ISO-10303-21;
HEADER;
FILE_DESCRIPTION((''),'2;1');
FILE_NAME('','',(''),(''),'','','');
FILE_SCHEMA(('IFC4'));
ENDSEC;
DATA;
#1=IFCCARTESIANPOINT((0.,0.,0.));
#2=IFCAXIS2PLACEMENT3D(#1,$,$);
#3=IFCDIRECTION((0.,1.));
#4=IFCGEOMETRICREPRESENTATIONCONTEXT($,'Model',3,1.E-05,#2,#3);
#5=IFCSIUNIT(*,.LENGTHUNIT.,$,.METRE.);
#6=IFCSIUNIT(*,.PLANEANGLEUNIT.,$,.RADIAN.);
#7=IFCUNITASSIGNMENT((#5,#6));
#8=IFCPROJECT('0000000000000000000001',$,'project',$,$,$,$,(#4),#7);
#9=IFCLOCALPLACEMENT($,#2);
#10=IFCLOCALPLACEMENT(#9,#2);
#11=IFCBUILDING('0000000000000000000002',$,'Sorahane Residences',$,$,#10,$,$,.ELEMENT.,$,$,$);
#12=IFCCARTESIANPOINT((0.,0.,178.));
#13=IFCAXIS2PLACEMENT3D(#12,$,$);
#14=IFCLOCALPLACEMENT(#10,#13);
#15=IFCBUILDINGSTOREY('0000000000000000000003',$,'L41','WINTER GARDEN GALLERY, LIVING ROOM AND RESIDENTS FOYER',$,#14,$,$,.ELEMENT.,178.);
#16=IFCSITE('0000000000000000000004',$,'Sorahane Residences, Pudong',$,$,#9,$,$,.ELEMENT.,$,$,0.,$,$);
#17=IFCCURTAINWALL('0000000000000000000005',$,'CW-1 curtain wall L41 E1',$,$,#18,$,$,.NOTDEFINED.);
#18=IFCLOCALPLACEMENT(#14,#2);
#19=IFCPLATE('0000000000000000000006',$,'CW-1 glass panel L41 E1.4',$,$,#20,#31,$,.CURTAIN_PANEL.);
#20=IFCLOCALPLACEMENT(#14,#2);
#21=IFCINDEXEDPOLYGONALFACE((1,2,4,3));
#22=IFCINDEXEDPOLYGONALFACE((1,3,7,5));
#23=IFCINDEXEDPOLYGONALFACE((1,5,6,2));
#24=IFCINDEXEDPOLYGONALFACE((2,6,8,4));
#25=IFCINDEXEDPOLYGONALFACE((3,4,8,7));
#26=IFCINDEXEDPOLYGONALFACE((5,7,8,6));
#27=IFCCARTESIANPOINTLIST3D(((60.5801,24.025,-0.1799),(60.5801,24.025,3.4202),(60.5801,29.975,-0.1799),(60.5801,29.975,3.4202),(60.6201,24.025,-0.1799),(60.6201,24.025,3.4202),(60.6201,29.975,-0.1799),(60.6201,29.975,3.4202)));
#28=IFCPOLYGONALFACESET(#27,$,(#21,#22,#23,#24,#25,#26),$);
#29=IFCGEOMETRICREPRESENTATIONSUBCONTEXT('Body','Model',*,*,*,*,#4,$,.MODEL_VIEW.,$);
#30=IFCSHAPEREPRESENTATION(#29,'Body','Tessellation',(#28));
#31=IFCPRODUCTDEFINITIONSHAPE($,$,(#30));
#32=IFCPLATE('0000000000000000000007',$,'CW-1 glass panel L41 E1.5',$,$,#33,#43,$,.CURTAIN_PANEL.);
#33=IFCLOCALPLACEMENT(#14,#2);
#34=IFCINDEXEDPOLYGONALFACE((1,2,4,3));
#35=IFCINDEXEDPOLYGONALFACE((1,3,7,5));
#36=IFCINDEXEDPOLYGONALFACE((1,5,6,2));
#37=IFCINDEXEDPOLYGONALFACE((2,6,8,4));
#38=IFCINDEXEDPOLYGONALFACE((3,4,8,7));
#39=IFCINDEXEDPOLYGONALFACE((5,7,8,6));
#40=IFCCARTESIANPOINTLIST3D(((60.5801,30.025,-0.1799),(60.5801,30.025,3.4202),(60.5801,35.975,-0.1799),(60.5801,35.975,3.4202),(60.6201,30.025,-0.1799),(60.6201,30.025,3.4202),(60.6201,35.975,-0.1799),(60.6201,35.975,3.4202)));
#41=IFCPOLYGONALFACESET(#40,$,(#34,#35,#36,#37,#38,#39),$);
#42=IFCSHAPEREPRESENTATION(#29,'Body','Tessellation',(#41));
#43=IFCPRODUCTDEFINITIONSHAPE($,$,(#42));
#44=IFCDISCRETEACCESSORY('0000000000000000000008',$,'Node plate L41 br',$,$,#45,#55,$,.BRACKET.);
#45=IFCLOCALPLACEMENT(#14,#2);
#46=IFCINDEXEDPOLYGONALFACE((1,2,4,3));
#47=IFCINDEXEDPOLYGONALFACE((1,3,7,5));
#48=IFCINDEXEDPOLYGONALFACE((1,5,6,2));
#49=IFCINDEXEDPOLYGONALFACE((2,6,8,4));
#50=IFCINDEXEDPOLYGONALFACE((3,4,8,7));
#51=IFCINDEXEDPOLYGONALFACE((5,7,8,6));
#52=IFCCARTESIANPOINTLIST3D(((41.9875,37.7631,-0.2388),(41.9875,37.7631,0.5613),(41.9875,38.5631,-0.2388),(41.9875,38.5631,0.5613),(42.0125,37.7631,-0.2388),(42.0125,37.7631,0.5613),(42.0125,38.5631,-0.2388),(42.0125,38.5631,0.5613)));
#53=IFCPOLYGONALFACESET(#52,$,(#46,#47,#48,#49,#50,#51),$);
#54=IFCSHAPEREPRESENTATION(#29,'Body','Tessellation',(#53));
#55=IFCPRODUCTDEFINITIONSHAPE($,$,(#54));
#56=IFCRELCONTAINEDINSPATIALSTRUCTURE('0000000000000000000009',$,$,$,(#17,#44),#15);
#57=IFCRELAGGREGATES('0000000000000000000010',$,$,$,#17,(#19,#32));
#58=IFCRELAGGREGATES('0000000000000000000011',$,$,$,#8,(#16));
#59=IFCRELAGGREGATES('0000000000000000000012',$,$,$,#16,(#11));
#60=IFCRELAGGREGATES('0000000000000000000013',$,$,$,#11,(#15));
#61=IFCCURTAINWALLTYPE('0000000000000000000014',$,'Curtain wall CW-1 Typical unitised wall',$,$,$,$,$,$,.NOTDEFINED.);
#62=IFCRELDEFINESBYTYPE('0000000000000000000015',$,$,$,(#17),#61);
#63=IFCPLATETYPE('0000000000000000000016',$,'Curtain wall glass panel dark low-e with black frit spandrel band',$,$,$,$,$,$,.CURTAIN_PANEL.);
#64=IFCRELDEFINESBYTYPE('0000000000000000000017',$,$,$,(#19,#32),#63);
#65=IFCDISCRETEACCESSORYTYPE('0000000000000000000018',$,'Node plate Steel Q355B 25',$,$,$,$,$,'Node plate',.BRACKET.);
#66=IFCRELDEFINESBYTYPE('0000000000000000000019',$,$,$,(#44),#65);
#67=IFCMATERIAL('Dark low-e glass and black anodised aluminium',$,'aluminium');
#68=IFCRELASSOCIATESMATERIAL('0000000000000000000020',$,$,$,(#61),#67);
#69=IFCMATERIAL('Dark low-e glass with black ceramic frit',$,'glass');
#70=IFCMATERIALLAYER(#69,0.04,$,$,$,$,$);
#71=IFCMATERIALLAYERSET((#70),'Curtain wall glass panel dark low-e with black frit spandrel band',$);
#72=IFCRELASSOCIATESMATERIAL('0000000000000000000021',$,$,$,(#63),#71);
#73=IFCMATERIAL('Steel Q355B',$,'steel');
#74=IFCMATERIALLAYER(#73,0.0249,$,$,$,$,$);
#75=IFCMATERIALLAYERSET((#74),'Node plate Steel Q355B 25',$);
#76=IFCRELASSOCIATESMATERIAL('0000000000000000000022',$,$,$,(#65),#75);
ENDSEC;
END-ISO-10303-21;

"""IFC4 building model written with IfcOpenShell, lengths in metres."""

from ifc_helpers import new_model, si_unit, direction, frame, origin, origin_2d, place, context, subcontext, project, spatial, rectangle, extrude, material, layer, layer_set, type_object, element, aggregate, save


model = new_model("IFC4")

# Units and contexts
model_context = context("Model", 3, precision=1e-05, world=origin(), true_north=direction((0.0, 1.0)))
body_context = subcontext(model_context, "Body", "Model", "MODEL_VIEW")
ifc_project = project(units=[si_unit("LENGTHUNIT", "METRE"), si_unit("PLANEANGLEUNIT", "RADIAN")], contexts=[model_context])

# Site, building, storey
site_placement = place(None, origin())
site = spatial("IfcSite", under=ifc_project, at=site_placement, Name="Sorahane Residences, Pudong", CompositionType="ELEMENT", RefElevation=0.0)
building_placement = place(site_placement, origin())
building = spatial("IfcBuilding", under=site, at=building_placement, Name="Sorahane Residences", CompositionType="ELEMENT")
storey_placement = place(building_placement, frame((0.0, 0.0, 178.0)))
storey = spatial("IfcBuildingStorey", under=building, at=storey_placement, Name="L41", Description="WINTER GARDEN GALLERY, LIVING ROOM AND RESIDENTS FOYER", CompositionType="ELEMENT", Elevation=178.0)

# Curtain wall
ifc_material_1 = material(Name="Dark low-e glass and black anodised aluminium", Category="aluminium")
curtain_wall_type = type_object("IfcCurtainWallType", Name="Curtain wall CW-1 Typical unitised wall", PredefinedType="NOTDEFINED", material=ifc_material_1)
curtain_wall_placement = place(storey_placement, origin())
curtain_wall = element("IfcCurtainWall", 1, at=curtain_wall_placement, inside=storey, type_object=curtain_wall_type, Name="CW-1 curtain wall L41 E1", PredefinedType="NOTDEFINED")

# Plates
ifc_material_2 = material(Name="Dark low-e glass with black ceramic frit", Category="glass")
ifc_layer_1 = layer(ifc_material_2, 0.04)
ifc_layer_set_1 = layer_set([ifc_layer_1], Name="Curtain wall glass panel dark low-e with black frit spandrel band")
plate_type = type_object("IfcPlateType", Name="Curtain wall glass panel dark low-e with black frit spandrel band", PredefinedType="CURTAIN_PANEL", material=ifc_layer_set_1)
plate_1_placement = place(storey_placement, frame((60.6001, 27.0, -0.1799), z_axis=(0.0, 0.0, 1.0), x_axis=(0.0, 1.0, 0.0)))
plate_1 = element("IfcPlate", 2, at=plate_1_placement, type_object=plate_type, Name="CW-1 glass panel L41 E1.4", PredefinedType="CURTAIN_PANEL", context=body_context, shape_type="SweptSolid", body=[
    extrude(rectangle(XDim=5.95, YDim=0.04, at=origin_2d()), origin(), (0.0, 0.0, 1.0), 3.6001),
])
plate_2_placement = place(storey_placement, frame((60.6001, 33.0, -0.1799), z_axis=(0.0, 0.0, 1.0), x_axis=(0.0, 1.0, 0.0)))
plate_2 = element("IfcPlate", 3, at=plate_2_placement, type_object=plate_type, Name="CW-1 glass panel L41 E1.5", PredefinedType="CURTAIN_PANEL", context=body_context, shape_type="SweptSolid", body=[
    extrude(rectangle(XDim=5.95, YDim=0.04, at=origin_2d()), origin(), (0.0, 0.0, 1.0), 3.6001),
])
aggregate(curtain_wall, [plate_1, plate_2])

# Discrete accessory
ifc_material_3 = material(Name="Steel Q355B", Category="steel")
ifc_layer_2 = layer(ifc_material_3, 0.0249)
ifc_layer_set_2 = layer_set([ifc_layer_2], Name="Node plate Steel Q355B 25")
discrete_accessory_type = type_object("IfcDiscreteAccessoryType", Name="Node plate Steel Q355B 25", ElementType="Node plate", PredefinedType="BRACKET", material=ifc_layer_set_2)
discrete_accessory_placement = place(storey_placement, frame((42.0, 38.1631, -0.2388), z_axis=(0.0, 0.0, 1.0), x_axis=(0.0, 1.0, 0.0)))
element("IfcDiscreteAccessory", 4, at=discrete_accessory_placement, inside=storey, type_object=discrete_accessory_type, Name="Node plate L41 br", PredefinedType="BRACKET", context=body_context, shape_type="SweptSolid", body=[
    extrude(rectangle(XDim=0.8, YDim=0.0249, at=origin_2d()), origin(), (0.0, 0.0, 1.0), 0.8),
])

save(model, "model.ifc")
